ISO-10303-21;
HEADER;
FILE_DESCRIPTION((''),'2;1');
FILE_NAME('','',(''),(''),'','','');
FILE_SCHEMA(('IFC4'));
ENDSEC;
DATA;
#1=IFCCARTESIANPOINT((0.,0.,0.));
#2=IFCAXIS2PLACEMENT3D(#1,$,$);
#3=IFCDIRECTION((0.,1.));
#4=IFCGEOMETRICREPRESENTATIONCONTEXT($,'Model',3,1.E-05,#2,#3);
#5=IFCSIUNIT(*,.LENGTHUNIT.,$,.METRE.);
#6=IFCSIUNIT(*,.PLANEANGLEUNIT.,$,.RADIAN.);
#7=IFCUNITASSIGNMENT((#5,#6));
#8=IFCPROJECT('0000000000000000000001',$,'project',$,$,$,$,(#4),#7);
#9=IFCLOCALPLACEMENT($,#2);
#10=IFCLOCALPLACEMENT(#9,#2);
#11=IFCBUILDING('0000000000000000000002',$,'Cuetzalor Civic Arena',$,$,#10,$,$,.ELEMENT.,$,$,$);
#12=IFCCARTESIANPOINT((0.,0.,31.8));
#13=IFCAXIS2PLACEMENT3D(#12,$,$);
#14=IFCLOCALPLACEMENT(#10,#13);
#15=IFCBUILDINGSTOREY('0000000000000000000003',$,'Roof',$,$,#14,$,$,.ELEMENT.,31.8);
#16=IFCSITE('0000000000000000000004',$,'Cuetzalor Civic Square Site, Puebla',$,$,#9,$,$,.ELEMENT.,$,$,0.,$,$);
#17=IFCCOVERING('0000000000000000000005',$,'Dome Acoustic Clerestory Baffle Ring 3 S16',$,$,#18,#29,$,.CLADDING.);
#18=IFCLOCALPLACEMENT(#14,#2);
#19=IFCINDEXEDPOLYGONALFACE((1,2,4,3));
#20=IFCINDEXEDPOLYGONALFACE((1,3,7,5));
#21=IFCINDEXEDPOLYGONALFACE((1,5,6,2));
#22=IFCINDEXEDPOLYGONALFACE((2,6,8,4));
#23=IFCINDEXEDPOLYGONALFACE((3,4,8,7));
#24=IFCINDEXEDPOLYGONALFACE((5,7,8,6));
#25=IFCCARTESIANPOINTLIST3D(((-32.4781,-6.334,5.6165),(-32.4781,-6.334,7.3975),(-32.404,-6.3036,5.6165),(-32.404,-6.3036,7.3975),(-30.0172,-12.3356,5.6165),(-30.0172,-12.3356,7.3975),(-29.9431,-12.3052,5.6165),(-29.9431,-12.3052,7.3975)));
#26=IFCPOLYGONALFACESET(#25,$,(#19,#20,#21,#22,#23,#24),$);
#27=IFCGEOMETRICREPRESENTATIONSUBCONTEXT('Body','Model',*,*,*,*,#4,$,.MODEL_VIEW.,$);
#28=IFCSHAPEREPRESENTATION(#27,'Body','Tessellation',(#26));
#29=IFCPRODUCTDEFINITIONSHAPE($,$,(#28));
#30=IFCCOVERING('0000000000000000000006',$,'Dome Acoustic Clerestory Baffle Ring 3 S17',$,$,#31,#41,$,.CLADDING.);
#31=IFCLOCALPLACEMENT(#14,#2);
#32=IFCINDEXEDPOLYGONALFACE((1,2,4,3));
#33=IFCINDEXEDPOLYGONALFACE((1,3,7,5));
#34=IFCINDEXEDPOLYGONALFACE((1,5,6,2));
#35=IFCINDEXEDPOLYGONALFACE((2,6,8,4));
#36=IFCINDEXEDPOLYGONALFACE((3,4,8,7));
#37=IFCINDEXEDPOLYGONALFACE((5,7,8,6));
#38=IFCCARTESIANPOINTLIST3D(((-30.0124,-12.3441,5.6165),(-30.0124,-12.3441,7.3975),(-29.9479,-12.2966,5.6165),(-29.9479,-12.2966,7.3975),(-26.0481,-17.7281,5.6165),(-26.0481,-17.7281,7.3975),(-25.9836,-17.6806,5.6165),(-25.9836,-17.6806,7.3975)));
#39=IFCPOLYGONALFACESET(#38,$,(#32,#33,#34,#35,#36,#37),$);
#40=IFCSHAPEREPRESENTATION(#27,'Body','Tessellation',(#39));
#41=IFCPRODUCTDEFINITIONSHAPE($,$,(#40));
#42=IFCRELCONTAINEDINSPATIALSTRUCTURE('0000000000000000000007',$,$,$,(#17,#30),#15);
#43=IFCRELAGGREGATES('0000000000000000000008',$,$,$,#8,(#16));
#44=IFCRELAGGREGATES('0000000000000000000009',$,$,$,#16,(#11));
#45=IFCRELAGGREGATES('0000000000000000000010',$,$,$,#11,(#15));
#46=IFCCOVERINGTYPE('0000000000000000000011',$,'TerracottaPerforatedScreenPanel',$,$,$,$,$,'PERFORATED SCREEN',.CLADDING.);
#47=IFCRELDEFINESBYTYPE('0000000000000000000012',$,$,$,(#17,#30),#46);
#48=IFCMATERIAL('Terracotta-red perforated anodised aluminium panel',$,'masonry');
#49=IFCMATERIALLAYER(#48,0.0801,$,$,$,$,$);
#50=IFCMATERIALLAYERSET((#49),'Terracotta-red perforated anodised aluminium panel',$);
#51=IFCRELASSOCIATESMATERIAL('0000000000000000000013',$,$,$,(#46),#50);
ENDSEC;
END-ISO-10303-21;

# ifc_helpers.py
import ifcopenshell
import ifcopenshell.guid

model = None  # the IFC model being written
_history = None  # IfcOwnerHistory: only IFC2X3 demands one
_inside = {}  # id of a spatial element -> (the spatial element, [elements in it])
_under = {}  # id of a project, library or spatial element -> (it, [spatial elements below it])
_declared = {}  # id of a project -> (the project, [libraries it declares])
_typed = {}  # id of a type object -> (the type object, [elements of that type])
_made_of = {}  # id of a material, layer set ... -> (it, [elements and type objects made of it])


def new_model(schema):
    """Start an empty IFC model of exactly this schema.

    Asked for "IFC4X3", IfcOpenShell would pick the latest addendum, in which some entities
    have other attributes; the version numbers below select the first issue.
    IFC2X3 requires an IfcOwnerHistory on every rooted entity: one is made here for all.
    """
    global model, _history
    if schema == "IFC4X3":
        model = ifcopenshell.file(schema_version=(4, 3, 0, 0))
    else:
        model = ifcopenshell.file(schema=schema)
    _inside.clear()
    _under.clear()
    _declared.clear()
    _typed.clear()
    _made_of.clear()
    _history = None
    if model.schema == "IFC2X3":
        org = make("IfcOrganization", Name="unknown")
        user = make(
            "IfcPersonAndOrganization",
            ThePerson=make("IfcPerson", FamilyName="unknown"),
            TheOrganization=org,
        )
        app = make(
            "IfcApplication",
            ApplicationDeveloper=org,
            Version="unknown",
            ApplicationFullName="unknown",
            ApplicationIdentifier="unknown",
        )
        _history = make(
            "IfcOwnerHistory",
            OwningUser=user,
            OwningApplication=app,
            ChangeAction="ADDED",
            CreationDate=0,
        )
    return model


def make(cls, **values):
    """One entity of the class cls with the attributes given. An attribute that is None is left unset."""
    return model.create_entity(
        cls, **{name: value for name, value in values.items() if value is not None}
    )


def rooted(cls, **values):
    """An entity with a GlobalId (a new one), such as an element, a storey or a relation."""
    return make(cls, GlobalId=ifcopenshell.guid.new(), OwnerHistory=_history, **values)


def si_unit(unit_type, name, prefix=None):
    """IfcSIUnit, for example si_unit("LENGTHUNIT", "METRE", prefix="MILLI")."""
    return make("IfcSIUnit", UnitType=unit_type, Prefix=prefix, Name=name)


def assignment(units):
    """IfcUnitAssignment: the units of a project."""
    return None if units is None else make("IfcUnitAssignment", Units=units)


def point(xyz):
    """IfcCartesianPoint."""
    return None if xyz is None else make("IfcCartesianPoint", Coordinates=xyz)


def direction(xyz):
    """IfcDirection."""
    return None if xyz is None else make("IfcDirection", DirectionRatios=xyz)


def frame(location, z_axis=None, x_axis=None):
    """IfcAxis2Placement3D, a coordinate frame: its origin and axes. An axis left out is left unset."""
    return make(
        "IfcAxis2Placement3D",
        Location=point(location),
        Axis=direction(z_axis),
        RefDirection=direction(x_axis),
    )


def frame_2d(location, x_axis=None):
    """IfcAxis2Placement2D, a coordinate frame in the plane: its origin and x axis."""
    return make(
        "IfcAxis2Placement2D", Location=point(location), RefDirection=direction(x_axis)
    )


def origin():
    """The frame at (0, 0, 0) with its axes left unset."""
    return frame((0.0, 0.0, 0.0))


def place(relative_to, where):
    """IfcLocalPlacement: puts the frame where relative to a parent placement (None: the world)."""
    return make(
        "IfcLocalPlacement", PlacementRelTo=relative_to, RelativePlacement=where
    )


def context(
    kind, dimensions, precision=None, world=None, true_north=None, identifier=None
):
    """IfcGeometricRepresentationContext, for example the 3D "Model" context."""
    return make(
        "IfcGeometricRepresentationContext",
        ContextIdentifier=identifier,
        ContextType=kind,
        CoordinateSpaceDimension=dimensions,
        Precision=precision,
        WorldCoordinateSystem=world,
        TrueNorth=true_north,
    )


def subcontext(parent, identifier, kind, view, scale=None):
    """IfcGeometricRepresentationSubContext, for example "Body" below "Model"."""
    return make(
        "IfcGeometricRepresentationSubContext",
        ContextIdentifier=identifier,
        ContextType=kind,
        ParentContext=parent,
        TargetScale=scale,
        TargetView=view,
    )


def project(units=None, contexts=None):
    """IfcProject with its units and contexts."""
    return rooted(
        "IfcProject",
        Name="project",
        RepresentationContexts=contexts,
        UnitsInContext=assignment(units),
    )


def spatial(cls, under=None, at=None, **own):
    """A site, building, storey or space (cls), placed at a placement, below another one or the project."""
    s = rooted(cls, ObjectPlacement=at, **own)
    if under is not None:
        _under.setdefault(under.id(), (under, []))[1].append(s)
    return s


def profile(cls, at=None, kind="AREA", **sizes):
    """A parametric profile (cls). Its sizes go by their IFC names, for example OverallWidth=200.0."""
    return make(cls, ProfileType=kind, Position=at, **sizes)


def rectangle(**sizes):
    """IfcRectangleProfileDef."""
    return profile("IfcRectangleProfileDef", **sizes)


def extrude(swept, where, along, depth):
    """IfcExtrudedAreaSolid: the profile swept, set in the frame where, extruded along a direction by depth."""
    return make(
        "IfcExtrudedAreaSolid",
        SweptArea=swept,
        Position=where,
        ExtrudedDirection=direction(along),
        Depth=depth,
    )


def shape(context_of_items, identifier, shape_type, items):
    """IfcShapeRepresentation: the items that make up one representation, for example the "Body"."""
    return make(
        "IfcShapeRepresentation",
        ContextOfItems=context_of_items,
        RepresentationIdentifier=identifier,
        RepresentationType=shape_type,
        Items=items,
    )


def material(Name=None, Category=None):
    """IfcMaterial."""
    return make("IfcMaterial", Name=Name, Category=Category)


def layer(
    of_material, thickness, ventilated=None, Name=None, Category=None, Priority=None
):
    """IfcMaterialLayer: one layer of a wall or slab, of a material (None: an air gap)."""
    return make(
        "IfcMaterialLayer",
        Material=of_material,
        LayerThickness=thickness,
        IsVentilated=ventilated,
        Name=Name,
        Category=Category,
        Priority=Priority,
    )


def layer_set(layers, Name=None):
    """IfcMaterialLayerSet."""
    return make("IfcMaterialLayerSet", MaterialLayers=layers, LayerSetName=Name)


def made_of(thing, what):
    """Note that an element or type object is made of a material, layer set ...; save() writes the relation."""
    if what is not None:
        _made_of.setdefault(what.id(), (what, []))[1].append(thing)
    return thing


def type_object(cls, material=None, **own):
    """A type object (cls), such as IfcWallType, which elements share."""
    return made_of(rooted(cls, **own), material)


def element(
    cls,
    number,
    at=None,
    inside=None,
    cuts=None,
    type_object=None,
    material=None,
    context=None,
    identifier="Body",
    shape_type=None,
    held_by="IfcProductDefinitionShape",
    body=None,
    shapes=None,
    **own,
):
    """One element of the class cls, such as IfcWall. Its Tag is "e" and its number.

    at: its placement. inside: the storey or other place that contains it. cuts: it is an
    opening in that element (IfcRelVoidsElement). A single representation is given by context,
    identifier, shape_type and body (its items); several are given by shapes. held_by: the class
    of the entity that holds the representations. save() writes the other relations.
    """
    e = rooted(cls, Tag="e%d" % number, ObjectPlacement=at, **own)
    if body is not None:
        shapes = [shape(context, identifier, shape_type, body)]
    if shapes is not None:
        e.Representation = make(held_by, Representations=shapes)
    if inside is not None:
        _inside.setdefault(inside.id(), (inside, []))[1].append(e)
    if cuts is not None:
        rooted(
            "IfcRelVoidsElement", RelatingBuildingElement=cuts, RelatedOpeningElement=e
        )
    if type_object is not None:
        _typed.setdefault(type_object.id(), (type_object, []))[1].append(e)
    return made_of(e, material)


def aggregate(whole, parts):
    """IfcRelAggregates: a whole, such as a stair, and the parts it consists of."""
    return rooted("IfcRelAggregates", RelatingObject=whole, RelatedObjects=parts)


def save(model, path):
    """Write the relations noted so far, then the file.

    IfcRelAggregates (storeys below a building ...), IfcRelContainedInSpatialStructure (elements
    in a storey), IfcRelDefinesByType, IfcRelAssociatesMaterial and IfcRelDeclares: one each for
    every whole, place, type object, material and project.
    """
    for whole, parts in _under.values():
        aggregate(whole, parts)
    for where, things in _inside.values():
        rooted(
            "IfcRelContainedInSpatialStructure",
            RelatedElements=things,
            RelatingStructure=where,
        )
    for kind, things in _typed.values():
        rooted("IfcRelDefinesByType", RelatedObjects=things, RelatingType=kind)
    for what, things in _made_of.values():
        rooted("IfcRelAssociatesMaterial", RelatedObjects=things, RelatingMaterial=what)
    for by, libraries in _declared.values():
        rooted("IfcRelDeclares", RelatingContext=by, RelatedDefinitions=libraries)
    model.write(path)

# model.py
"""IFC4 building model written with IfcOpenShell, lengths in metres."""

from ifc_helpers import new_model, si_unit, direction, frame, frame_2d, origin, place, context, subcontext, project, spatial, rectangle, extrude, material, layer, layer_set, type_object, element, save


model = new_model("IFC4")

# Units and contexts
model_context = context("Model", 3, precision=1e-05, world=origin(), true_north=direction((0.0, 1.0)))
body_context = subcontext(model_context, "Body", "Model", "MODEL_VIEW")
ifc_project = project(units=[si_unit("LENGTHUNIT", "METRE"), si_unit("PLANEANGLEUNIT", "RADIAN")], contexts=[model_context])

# Site, building, storey
site_placement = place(None, origin())
site = spatial("IfcSite", under=ifc_project, at=site_placement, Name="Cuetzalor Civic Square Site, Puebla", CompositionType="ELEMENT", RefElevation=0.0)
building_placement = place(site_placement, origin())
building = spatial("IfcBuilding", under=site, at=building_placement, Name="Cuetzalor Civic Arena", CompositionType="ELEMENT")
storey_placement = place(building_placement, frame((0.0, 0.0, 31.8)))
storey = spatial("IfcBuildingStorey", under=building, at=storey_placement, Name="Roof", CompositionType="ELEMENT", Elevation=31.8)

# Coverings
ifc_material_1 = material(Name="Terracotta-red perforated anodised aluminium panel", Category="masonry")
ifc_layer_1 = layer(ifc_material_1, 0.0801)
ifc_layer_set_1 = layer_set([ifc_layer_1], Name="Terracotta-red perforated anodised aluminium panel")
covering_type = type_object("IfcCoveringType", Name="TerracottaPerforatedScreenPanel", ElementType="PERFORATED SCREEN", PredefinedType="CLADDING", material=ifc_layer_set_1)
covering_1_placement = place(storey_placement, frame((-29.9802, -12.3203, 5.6165), z_axis=(0.0, 0.0, 1.0), x_axis=(-0.379385, 0.925239, 0.0)))
element("IfcCovering", 1, at=covering_1_placement, inside=storey, type_object=covering_type, Name="Dome Acoustic Clerestory Baffle Ring 3 S16", PredefinedType="CLADDING", context=body_context, shape_type="SweptSolid", body=[
    extrude(rectangle(XDim=6.4866, YDim=0.0801, at=frame_2d((3.2432, 0.0))), origin(), (0.0, 0.0, 1.0), 1.781),
])
covering_2_placement = place(storey_placement, frame((-26.0159, -17.7043, 5.6165), z_axis=(0.0, 0.0, 1.0), x_axis=(-0.592925, 0.805258, 0.0)))
element("IfcCovering", 2, at=covering_2_placement, inside=storey, type_object=covering_type, Name="Dome Acoustic Clerestory Baffle Ring 3 S17", PredefinedType="CLADDING", context=body_context, shape_type="SweptSolid", body=[
    extrude(rectangle(XDim=6.686, YDim=0.0801, at=frame_2d((3.343, 0.0))), origin(), (0.0, 0.0, 1.0), 1.781),
])

save(model, "model.ifc")
